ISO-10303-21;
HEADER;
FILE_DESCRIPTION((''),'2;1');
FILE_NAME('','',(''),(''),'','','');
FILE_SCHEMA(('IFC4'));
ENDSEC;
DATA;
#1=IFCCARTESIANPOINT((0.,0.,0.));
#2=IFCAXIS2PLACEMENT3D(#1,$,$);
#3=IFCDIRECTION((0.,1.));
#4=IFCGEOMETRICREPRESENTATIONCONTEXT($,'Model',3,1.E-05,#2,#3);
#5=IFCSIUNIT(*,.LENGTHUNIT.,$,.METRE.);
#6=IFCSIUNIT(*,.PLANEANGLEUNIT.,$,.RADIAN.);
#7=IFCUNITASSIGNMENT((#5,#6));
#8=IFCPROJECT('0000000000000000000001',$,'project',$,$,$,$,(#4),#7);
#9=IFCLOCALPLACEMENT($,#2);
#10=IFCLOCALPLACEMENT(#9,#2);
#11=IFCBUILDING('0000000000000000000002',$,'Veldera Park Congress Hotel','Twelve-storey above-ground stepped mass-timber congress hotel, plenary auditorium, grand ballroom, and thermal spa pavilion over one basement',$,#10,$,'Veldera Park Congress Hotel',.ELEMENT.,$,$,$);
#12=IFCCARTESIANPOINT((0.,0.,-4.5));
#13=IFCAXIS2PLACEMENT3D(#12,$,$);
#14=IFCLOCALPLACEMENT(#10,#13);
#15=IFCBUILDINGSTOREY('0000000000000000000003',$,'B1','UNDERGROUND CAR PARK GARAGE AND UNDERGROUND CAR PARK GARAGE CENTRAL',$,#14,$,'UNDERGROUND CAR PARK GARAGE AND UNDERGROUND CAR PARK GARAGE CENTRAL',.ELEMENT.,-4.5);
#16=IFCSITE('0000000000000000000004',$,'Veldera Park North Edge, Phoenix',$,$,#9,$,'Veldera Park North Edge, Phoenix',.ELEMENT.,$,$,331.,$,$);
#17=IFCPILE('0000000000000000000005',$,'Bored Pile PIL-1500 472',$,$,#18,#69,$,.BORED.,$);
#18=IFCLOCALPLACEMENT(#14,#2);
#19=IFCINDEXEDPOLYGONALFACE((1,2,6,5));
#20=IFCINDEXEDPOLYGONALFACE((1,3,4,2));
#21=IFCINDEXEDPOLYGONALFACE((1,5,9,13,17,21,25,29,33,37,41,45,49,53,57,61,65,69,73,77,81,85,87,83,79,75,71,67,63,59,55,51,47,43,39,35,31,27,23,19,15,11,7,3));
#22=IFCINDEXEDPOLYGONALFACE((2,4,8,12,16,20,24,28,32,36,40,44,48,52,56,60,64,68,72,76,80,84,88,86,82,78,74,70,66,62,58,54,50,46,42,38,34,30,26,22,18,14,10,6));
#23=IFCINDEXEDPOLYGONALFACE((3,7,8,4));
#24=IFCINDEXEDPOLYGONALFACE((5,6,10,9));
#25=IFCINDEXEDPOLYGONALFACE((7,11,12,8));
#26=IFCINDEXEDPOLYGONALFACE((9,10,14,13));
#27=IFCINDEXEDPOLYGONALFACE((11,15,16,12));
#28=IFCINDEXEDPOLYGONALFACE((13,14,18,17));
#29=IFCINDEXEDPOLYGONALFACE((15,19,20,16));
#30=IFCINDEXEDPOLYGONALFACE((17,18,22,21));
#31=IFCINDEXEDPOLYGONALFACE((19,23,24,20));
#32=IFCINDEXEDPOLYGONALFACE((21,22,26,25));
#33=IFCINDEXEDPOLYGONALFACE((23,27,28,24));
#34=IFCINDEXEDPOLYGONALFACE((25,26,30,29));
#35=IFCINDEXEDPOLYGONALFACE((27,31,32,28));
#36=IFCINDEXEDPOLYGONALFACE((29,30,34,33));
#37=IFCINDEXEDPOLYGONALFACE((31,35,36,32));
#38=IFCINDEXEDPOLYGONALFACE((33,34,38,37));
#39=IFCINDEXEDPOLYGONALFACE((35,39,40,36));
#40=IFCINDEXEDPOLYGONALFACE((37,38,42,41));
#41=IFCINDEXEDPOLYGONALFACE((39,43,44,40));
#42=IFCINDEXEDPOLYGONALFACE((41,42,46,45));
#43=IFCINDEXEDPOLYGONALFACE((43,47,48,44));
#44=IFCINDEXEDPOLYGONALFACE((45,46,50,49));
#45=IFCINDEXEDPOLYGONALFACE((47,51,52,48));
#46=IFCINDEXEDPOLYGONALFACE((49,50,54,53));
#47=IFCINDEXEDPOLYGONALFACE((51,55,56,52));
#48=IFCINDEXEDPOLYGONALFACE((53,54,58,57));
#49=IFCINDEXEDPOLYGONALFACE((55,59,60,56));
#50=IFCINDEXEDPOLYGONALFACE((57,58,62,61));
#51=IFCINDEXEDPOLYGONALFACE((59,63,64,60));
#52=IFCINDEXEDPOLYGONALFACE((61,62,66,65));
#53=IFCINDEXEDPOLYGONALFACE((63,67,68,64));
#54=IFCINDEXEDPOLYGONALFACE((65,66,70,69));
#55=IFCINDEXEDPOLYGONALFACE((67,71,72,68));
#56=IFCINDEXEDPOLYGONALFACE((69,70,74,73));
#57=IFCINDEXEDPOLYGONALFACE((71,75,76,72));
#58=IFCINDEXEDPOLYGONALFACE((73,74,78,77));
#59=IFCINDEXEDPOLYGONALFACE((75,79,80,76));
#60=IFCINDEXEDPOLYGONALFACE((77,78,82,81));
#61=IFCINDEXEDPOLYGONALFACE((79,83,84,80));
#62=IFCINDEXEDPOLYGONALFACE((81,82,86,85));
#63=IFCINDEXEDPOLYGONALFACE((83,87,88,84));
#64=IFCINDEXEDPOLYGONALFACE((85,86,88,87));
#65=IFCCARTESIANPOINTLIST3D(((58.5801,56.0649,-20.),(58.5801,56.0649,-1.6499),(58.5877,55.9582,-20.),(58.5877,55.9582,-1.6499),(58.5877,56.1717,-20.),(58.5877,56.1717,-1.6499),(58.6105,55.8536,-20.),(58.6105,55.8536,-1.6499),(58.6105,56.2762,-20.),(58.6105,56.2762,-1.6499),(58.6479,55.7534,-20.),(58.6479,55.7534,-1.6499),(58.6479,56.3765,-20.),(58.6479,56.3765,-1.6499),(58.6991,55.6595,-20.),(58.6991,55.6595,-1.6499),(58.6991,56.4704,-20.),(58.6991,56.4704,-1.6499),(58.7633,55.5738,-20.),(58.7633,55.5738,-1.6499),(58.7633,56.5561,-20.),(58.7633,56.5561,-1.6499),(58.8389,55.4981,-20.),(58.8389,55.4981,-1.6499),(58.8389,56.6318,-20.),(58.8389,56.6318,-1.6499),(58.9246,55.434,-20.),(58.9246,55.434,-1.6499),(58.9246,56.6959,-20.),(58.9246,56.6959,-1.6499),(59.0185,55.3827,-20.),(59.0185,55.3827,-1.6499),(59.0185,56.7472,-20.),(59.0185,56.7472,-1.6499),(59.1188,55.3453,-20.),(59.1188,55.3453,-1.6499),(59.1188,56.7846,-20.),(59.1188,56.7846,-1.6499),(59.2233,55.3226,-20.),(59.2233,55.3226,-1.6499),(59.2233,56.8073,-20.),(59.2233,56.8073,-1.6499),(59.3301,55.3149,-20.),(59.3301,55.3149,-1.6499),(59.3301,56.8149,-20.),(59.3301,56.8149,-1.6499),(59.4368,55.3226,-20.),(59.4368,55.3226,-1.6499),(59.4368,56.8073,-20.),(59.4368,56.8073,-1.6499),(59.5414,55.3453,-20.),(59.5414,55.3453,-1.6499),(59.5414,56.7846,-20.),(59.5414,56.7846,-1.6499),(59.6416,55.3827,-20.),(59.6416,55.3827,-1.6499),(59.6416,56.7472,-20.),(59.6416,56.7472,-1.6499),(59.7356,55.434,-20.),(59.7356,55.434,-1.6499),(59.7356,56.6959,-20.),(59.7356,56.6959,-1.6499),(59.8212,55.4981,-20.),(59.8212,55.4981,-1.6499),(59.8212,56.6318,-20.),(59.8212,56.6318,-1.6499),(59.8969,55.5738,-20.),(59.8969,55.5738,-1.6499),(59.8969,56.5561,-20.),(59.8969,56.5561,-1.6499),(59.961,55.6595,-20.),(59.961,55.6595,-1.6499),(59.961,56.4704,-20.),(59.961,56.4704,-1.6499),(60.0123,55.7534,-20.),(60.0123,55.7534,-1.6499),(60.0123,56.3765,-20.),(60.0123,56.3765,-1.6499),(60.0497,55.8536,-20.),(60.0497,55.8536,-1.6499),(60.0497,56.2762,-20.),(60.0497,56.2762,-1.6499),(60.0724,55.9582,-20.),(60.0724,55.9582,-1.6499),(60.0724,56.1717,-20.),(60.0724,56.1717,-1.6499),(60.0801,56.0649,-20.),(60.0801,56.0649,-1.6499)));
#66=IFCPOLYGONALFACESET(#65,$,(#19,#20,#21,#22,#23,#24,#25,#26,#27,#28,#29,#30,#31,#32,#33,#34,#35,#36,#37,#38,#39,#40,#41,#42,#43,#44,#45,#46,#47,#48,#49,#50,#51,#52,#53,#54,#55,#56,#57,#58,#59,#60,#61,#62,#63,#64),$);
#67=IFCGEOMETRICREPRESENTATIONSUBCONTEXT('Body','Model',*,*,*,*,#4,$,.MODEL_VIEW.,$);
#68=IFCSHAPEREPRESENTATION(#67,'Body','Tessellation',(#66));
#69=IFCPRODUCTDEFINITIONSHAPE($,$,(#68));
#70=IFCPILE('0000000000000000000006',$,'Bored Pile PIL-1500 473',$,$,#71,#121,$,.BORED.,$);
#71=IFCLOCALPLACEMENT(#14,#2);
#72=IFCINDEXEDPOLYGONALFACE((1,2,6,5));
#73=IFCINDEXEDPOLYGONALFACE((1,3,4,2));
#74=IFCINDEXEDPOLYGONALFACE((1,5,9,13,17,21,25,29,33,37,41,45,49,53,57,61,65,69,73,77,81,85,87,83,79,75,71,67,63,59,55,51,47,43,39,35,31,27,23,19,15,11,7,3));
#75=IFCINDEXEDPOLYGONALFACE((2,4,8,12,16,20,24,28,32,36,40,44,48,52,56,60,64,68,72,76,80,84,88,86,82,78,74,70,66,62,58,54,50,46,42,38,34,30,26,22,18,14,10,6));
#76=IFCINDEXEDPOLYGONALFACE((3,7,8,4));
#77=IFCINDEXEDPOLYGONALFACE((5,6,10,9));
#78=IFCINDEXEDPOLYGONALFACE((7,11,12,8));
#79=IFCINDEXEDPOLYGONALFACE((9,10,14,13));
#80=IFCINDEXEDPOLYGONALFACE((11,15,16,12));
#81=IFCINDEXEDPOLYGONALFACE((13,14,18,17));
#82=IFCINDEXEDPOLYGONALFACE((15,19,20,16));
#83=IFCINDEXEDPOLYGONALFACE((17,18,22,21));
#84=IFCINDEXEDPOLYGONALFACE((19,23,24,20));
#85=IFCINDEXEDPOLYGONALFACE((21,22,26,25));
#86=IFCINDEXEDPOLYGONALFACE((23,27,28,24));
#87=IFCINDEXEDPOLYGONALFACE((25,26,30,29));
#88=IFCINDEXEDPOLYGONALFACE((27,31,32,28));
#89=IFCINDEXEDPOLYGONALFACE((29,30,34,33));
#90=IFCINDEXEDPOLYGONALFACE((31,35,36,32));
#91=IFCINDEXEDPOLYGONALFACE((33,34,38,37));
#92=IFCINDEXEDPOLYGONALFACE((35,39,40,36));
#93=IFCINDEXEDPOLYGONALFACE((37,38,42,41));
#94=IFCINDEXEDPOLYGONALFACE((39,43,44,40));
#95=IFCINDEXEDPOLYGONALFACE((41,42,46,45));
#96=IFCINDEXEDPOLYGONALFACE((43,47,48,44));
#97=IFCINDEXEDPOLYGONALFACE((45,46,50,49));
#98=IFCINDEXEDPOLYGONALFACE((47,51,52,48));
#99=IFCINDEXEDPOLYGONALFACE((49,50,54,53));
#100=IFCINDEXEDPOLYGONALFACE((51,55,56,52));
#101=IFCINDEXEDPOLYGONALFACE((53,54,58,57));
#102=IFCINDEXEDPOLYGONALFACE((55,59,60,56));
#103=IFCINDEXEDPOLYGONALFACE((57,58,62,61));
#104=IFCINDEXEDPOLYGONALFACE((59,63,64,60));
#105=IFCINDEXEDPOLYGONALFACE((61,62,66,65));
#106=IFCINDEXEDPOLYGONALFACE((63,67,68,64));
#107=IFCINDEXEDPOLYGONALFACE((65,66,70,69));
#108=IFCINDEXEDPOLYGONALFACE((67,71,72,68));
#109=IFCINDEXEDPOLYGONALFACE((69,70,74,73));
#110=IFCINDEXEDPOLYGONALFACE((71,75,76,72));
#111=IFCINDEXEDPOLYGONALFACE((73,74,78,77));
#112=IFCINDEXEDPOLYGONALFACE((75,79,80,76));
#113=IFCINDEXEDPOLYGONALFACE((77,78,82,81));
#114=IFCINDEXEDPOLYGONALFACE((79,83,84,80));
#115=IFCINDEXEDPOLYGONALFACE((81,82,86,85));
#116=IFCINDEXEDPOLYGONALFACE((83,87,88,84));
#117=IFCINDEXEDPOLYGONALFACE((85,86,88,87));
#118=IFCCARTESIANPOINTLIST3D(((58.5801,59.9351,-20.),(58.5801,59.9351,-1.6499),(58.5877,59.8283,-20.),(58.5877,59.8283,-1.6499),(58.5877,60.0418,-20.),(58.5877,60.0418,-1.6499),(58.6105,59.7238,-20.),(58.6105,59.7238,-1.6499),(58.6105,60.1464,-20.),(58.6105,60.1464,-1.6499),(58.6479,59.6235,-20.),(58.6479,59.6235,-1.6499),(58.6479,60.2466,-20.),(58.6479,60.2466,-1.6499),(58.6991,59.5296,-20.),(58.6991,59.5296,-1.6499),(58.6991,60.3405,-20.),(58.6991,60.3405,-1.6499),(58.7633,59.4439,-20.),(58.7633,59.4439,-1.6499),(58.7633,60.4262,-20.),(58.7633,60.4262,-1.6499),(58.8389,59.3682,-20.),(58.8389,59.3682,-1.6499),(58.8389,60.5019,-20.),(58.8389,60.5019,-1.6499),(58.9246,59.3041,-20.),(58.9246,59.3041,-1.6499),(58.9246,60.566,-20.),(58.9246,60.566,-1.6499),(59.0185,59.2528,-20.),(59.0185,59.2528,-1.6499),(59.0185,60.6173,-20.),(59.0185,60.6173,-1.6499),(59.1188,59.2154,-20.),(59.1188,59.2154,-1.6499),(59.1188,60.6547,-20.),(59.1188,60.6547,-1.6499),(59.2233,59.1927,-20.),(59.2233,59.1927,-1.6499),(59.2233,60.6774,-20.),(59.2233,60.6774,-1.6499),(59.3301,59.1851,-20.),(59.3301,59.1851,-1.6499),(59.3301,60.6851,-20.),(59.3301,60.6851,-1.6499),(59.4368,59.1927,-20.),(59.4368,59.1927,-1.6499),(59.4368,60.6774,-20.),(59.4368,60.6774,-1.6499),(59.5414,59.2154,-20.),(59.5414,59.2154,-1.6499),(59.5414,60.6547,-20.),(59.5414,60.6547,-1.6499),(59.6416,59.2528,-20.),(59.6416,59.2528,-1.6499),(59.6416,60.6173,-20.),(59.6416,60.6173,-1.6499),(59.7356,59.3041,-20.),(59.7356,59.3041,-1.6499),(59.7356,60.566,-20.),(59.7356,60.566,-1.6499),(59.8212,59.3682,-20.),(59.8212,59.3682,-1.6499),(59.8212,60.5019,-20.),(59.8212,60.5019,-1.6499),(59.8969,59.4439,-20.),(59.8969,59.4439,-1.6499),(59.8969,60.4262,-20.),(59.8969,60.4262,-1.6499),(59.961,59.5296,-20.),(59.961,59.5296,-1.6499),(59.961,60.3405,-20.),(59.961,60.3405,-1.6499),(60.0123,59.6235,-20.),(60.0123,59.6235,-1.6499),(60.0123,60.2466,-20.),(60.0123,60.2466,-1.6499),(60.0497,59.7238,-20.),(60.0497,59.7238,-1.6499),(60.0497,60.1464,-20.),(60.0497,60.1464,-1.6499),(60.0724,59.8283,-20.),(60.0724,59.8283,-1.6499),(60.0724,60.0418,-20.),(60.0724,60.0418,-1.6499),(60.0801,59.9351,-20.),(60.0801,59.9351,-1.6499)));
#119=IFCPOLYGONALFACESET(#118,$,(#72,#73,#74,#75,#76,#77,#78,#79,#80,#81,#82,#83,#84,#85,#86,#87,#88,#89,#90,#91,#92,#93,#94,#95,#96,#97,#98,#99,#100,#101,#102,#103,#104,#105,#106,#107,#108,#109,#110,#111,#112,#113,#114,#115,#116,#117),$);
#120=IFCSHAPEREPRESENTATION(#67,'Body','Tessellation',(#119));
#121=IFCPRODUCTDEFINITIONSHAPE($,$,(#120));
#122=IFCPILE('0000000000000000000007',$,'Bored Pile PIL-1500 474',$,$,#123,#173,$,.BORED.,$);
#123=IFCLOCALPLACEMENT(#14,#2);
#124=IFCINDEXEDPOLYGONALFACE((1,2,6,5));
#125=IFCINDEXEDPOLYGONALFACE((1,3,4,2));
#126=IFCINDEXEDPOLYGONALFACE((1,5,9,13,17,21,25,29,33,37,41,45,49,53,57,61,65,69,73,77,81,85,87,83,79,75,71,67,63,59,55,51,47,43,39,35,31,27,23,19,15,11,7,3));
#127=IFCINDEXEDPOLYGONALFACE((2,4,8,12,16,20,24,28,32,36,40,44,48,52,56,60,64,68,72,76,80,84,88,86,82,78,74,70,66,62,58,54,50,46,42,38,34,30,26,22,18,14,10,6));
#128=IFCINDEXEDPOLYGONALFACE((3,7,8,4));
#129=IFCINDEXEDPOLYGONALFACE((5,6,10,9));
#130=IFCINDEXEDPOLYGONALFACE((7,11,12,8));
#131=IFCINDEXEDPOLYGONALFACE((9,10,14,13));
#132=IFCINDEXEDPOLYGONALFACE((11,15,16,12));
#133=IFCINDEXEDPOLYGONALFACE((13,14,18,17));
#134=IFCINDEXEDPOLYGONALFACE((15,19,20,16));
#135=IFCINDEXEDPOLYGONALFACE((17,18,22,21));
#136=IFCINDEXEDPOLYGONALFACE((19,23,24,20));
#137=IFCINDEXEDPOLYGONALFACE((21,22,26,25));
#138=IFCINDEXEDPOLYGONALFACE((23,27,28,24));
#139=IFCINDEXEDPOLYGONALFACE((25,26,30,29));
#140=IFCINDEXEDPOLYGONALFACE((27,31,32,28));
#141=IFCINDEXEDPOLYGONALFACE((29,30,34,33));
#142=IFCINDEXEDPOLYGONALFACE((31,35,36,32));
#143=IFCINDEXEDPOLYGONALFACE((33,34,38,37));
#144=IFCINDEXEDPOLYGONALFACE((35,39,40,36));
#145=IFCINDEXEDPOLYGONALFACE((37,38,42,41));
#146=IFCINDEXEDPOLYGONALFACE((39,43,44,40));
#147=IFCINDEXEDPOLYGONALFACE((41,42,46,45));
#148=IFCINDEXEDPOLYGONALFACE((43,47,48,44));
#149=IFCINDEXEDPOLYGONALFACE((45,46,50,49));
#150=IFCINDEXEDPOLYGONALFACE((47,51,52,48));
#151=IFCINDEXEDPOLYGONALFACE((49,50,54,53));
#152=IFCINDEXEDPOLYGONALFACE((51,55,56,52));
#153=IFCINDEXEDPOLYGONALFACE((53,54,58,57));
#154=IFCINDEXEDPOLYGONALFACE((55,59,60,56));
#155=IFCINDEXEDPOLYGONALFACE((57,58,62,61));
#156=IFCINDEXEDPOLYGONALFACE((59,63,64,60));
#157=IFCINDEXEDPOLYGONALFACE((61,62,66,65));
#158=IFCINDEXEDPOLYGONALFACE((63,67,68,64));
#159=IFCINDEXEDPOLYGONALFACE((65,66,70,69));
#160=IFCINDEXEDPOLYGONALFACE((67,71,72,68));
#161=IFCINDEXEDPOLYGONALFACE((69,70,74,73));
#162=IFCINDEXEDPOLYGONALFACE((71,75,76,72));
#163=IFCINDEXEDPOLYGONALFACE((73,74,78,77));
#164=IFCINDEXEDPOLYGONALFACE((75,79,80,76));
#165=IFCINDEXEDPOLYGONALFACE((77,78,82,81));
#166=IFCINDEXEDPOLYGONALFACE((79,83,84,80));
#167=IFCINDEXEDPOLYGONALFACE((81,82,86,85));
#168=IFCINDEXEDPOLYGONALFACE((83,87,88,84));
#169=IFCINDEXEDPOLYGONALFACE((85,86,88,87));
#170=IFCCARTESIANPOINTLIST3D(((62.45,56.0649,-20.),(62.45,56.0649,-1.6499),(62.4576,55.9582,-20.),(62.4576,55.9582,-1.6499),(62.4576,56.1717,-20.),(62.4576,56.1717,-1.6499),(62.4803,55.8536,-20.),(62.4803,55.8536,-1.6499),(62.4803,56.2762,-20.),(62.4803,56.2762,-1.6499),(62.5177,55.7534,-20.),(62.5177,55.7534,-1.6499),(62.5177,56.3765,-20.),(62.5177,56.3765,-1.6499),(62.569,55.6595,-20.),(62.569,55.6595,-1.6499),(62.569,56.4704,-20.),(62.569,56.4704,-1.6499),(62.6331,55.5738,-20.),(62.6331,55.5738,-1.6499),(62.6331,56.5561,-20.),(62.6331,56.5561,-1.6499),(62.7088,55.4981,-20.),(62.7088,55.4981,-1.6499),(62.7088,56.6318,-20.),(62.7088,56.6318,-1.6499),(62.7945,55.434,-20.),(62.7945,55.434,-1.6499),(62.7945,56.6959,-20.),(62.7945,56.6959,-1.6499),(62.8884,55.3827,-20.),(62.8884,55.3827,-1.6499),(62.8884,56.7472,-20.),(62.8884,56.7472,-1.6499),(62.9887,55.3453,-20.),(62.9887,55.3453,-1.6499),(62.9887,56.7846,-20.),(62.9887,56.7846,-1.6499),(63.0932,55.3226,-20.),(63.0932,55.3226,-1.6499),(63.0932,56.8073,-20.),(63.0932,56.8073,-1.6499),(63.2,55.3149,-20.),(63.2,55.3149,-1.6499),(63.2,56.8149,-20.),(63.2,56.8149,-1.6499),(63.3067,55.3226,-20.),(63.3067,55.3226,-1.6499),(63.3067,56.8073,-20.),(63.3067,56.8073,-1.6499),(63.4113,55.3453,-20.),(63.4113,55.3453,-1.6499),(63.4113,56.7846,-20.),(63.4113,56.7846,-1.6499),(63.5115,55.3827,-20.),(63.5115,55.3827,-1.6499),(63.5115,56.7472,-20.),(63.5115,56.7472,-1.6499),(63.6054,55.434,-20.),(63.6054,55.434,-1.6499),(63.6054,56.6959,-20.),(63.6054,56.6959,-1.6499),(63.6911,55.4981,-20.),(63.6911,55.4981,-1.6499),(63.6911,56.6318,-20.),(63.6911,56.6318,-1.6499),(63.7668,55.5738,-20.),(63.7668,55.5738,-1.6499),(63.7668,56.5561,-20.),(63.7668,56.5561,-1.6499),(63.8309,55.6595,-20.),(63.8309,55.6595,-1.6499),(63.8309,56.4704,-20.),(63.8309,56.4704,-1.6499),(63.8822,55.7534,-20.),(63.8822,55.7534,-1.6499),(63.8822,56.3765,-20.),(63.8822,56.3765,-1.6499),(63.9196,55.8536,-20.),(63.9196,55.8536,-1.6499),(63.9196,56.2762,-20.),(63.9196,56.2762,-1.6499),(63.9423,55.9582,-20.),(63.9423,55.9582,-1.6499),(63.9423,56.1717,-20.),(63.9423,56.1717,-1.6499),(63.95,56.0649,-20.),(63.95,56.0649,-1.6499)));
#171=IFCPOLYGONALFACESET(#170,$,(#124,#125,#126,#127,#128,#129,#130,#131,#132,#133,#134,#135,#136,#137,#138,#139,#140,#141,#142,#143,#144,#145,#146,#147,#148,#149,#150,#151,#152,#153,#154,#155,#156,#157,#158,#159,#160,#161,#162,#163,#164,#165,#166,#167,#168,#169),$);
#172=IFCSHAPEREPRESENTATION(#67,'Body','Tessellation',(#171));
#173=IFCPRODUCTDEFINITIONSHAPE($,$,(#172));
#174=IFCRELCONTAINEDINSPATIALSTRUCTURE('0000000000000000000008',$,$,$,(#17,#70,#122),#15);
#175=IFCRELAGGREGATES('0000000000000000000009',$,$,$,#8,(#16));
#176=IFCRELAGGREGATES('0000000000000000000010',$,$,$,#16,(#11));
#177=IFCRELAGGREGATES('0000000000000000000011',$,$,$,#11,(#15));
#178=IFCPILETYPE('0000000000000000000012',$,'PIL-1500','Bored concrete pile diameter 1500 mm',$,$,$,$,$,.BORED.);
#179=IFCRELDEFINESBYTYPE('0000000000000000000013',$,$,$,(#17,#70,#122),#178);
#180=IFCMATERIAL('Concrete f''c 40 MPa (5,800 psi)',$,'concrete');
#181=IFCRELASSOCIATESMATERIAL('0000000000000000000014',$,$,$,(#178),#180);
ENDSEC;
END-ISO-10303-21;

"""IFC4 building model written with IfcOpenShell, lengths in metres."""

from ifc_helpers import new_model, si_unit, direction, frame, origin, origin_2d, place, context, subcontext, project, spatial, circle, extrude, material, material_profile, profile_set, type_object, element, save


model = new_model("IFC4")

# Units and contexts
model_context = context("Model", 3, precision=1e-05, world=origin(), true_north=direction((0.0, 1.0)))
body_context = subcontext(model_context, "Body", "Model", "MODEL_VIEW")
ifc_project = project(units=[si_unit("LENGTHUNIT", "METRE"), si_unit("PLANEANGLEUNIT", "RADIAN")], contexts=[model_context])

# Site, building, storey
site_placement = place(None, origin())
site = spatial("IfcSite", under=ifc_project, at=site_placement, Name="Veldera Park North Edge, Phoenix", LongName="Veldera Park North Edge, Phoenix", CompositionType="ELEMENT", RefElevation=331.0)
building_placement = place(site_placement, origin())
building = spatial("IfcBuilding", under=site, at=building_placement, Name="Veldera Park Congress Hotel", Description="Twelve-storey above-ground stepped mass-timber congress hotel, plenary auditorium, grand ballroom, and thermal spa pavilion over one basement", LongName="Veldera Park Congress Hotel", CompositionType="ELEMENT")
storey_placement = place(building_placement, frame((0.0, 0.0, -4.5)))
storey = spatial("IfcBuildingStorey", under=building, at=storey_placement, Name="B1", Description="UNDERGROUND CAR PARK GARAGE AND UNDERGROUND CAR PARK GARAGE CENTRAL", LongName="UNDERGROUND CAR PARK GARAGE AND UNDERGROUND CAR PARK GARAGE CENTRAL", CompositionType="ELEMENT", Elevation=-4.5)

# Shared definitions
ifc_material_1 = material(Name="Concrete f'c 40 MPa (5,800 psi)", Category="concrete")

# Piles
ifc_material_profile_1 = material_profile(ifc_material_1, circle(Radius=0.75, at=origin_2d()), Name="PILE D1500")
ifc_profile_set_1 = profile_set([ifc_material_profile_1], Name="Concrete f'c 40 MPa (5,800 psi)")
pile_type = type_object("IfcPileType", Name="PIL-1500", Description="Bored concrete pile diameter 1500 mm", PredefinedType="BORED", material=ifc_profile_set_1)
for number, where, z_axis, x_axis, name in (
    (1, (59.3301, 56.0649, -1.6499), (0.0, 0.0, -1.0), (1.0, 0.0, 0.0), "Bored Pile PIL-1500 472"),
    (2, (59.3301, 59.9351, -1.6499), (0.0, 0.0, -1.0), (1.0, 0.0, 0.0), "Bored Pile PIL-1500 473"),
    (3, (63.2, 56.0649, -1.6499), (0.0, 0.0, -1.0), (1.0, 0.0, 0.0), "Bored Pile PIL-1500 474"),
):
    element("IfcPile", number, at=place(storey_placement, frame(where, z_axis=z_axis, x_axis=x_axis)), inside=storey, type_object=pile_type, Name=name, PredefinedType="BORED", context=body_context, shape_type="SweptSolid", body=[
        extrude(circle(Radius=0.75, at=origin_2d()), origin(), (0.0, 0.0, 1.0), 18.3501),
    ])

save(model, "model.ifc")
